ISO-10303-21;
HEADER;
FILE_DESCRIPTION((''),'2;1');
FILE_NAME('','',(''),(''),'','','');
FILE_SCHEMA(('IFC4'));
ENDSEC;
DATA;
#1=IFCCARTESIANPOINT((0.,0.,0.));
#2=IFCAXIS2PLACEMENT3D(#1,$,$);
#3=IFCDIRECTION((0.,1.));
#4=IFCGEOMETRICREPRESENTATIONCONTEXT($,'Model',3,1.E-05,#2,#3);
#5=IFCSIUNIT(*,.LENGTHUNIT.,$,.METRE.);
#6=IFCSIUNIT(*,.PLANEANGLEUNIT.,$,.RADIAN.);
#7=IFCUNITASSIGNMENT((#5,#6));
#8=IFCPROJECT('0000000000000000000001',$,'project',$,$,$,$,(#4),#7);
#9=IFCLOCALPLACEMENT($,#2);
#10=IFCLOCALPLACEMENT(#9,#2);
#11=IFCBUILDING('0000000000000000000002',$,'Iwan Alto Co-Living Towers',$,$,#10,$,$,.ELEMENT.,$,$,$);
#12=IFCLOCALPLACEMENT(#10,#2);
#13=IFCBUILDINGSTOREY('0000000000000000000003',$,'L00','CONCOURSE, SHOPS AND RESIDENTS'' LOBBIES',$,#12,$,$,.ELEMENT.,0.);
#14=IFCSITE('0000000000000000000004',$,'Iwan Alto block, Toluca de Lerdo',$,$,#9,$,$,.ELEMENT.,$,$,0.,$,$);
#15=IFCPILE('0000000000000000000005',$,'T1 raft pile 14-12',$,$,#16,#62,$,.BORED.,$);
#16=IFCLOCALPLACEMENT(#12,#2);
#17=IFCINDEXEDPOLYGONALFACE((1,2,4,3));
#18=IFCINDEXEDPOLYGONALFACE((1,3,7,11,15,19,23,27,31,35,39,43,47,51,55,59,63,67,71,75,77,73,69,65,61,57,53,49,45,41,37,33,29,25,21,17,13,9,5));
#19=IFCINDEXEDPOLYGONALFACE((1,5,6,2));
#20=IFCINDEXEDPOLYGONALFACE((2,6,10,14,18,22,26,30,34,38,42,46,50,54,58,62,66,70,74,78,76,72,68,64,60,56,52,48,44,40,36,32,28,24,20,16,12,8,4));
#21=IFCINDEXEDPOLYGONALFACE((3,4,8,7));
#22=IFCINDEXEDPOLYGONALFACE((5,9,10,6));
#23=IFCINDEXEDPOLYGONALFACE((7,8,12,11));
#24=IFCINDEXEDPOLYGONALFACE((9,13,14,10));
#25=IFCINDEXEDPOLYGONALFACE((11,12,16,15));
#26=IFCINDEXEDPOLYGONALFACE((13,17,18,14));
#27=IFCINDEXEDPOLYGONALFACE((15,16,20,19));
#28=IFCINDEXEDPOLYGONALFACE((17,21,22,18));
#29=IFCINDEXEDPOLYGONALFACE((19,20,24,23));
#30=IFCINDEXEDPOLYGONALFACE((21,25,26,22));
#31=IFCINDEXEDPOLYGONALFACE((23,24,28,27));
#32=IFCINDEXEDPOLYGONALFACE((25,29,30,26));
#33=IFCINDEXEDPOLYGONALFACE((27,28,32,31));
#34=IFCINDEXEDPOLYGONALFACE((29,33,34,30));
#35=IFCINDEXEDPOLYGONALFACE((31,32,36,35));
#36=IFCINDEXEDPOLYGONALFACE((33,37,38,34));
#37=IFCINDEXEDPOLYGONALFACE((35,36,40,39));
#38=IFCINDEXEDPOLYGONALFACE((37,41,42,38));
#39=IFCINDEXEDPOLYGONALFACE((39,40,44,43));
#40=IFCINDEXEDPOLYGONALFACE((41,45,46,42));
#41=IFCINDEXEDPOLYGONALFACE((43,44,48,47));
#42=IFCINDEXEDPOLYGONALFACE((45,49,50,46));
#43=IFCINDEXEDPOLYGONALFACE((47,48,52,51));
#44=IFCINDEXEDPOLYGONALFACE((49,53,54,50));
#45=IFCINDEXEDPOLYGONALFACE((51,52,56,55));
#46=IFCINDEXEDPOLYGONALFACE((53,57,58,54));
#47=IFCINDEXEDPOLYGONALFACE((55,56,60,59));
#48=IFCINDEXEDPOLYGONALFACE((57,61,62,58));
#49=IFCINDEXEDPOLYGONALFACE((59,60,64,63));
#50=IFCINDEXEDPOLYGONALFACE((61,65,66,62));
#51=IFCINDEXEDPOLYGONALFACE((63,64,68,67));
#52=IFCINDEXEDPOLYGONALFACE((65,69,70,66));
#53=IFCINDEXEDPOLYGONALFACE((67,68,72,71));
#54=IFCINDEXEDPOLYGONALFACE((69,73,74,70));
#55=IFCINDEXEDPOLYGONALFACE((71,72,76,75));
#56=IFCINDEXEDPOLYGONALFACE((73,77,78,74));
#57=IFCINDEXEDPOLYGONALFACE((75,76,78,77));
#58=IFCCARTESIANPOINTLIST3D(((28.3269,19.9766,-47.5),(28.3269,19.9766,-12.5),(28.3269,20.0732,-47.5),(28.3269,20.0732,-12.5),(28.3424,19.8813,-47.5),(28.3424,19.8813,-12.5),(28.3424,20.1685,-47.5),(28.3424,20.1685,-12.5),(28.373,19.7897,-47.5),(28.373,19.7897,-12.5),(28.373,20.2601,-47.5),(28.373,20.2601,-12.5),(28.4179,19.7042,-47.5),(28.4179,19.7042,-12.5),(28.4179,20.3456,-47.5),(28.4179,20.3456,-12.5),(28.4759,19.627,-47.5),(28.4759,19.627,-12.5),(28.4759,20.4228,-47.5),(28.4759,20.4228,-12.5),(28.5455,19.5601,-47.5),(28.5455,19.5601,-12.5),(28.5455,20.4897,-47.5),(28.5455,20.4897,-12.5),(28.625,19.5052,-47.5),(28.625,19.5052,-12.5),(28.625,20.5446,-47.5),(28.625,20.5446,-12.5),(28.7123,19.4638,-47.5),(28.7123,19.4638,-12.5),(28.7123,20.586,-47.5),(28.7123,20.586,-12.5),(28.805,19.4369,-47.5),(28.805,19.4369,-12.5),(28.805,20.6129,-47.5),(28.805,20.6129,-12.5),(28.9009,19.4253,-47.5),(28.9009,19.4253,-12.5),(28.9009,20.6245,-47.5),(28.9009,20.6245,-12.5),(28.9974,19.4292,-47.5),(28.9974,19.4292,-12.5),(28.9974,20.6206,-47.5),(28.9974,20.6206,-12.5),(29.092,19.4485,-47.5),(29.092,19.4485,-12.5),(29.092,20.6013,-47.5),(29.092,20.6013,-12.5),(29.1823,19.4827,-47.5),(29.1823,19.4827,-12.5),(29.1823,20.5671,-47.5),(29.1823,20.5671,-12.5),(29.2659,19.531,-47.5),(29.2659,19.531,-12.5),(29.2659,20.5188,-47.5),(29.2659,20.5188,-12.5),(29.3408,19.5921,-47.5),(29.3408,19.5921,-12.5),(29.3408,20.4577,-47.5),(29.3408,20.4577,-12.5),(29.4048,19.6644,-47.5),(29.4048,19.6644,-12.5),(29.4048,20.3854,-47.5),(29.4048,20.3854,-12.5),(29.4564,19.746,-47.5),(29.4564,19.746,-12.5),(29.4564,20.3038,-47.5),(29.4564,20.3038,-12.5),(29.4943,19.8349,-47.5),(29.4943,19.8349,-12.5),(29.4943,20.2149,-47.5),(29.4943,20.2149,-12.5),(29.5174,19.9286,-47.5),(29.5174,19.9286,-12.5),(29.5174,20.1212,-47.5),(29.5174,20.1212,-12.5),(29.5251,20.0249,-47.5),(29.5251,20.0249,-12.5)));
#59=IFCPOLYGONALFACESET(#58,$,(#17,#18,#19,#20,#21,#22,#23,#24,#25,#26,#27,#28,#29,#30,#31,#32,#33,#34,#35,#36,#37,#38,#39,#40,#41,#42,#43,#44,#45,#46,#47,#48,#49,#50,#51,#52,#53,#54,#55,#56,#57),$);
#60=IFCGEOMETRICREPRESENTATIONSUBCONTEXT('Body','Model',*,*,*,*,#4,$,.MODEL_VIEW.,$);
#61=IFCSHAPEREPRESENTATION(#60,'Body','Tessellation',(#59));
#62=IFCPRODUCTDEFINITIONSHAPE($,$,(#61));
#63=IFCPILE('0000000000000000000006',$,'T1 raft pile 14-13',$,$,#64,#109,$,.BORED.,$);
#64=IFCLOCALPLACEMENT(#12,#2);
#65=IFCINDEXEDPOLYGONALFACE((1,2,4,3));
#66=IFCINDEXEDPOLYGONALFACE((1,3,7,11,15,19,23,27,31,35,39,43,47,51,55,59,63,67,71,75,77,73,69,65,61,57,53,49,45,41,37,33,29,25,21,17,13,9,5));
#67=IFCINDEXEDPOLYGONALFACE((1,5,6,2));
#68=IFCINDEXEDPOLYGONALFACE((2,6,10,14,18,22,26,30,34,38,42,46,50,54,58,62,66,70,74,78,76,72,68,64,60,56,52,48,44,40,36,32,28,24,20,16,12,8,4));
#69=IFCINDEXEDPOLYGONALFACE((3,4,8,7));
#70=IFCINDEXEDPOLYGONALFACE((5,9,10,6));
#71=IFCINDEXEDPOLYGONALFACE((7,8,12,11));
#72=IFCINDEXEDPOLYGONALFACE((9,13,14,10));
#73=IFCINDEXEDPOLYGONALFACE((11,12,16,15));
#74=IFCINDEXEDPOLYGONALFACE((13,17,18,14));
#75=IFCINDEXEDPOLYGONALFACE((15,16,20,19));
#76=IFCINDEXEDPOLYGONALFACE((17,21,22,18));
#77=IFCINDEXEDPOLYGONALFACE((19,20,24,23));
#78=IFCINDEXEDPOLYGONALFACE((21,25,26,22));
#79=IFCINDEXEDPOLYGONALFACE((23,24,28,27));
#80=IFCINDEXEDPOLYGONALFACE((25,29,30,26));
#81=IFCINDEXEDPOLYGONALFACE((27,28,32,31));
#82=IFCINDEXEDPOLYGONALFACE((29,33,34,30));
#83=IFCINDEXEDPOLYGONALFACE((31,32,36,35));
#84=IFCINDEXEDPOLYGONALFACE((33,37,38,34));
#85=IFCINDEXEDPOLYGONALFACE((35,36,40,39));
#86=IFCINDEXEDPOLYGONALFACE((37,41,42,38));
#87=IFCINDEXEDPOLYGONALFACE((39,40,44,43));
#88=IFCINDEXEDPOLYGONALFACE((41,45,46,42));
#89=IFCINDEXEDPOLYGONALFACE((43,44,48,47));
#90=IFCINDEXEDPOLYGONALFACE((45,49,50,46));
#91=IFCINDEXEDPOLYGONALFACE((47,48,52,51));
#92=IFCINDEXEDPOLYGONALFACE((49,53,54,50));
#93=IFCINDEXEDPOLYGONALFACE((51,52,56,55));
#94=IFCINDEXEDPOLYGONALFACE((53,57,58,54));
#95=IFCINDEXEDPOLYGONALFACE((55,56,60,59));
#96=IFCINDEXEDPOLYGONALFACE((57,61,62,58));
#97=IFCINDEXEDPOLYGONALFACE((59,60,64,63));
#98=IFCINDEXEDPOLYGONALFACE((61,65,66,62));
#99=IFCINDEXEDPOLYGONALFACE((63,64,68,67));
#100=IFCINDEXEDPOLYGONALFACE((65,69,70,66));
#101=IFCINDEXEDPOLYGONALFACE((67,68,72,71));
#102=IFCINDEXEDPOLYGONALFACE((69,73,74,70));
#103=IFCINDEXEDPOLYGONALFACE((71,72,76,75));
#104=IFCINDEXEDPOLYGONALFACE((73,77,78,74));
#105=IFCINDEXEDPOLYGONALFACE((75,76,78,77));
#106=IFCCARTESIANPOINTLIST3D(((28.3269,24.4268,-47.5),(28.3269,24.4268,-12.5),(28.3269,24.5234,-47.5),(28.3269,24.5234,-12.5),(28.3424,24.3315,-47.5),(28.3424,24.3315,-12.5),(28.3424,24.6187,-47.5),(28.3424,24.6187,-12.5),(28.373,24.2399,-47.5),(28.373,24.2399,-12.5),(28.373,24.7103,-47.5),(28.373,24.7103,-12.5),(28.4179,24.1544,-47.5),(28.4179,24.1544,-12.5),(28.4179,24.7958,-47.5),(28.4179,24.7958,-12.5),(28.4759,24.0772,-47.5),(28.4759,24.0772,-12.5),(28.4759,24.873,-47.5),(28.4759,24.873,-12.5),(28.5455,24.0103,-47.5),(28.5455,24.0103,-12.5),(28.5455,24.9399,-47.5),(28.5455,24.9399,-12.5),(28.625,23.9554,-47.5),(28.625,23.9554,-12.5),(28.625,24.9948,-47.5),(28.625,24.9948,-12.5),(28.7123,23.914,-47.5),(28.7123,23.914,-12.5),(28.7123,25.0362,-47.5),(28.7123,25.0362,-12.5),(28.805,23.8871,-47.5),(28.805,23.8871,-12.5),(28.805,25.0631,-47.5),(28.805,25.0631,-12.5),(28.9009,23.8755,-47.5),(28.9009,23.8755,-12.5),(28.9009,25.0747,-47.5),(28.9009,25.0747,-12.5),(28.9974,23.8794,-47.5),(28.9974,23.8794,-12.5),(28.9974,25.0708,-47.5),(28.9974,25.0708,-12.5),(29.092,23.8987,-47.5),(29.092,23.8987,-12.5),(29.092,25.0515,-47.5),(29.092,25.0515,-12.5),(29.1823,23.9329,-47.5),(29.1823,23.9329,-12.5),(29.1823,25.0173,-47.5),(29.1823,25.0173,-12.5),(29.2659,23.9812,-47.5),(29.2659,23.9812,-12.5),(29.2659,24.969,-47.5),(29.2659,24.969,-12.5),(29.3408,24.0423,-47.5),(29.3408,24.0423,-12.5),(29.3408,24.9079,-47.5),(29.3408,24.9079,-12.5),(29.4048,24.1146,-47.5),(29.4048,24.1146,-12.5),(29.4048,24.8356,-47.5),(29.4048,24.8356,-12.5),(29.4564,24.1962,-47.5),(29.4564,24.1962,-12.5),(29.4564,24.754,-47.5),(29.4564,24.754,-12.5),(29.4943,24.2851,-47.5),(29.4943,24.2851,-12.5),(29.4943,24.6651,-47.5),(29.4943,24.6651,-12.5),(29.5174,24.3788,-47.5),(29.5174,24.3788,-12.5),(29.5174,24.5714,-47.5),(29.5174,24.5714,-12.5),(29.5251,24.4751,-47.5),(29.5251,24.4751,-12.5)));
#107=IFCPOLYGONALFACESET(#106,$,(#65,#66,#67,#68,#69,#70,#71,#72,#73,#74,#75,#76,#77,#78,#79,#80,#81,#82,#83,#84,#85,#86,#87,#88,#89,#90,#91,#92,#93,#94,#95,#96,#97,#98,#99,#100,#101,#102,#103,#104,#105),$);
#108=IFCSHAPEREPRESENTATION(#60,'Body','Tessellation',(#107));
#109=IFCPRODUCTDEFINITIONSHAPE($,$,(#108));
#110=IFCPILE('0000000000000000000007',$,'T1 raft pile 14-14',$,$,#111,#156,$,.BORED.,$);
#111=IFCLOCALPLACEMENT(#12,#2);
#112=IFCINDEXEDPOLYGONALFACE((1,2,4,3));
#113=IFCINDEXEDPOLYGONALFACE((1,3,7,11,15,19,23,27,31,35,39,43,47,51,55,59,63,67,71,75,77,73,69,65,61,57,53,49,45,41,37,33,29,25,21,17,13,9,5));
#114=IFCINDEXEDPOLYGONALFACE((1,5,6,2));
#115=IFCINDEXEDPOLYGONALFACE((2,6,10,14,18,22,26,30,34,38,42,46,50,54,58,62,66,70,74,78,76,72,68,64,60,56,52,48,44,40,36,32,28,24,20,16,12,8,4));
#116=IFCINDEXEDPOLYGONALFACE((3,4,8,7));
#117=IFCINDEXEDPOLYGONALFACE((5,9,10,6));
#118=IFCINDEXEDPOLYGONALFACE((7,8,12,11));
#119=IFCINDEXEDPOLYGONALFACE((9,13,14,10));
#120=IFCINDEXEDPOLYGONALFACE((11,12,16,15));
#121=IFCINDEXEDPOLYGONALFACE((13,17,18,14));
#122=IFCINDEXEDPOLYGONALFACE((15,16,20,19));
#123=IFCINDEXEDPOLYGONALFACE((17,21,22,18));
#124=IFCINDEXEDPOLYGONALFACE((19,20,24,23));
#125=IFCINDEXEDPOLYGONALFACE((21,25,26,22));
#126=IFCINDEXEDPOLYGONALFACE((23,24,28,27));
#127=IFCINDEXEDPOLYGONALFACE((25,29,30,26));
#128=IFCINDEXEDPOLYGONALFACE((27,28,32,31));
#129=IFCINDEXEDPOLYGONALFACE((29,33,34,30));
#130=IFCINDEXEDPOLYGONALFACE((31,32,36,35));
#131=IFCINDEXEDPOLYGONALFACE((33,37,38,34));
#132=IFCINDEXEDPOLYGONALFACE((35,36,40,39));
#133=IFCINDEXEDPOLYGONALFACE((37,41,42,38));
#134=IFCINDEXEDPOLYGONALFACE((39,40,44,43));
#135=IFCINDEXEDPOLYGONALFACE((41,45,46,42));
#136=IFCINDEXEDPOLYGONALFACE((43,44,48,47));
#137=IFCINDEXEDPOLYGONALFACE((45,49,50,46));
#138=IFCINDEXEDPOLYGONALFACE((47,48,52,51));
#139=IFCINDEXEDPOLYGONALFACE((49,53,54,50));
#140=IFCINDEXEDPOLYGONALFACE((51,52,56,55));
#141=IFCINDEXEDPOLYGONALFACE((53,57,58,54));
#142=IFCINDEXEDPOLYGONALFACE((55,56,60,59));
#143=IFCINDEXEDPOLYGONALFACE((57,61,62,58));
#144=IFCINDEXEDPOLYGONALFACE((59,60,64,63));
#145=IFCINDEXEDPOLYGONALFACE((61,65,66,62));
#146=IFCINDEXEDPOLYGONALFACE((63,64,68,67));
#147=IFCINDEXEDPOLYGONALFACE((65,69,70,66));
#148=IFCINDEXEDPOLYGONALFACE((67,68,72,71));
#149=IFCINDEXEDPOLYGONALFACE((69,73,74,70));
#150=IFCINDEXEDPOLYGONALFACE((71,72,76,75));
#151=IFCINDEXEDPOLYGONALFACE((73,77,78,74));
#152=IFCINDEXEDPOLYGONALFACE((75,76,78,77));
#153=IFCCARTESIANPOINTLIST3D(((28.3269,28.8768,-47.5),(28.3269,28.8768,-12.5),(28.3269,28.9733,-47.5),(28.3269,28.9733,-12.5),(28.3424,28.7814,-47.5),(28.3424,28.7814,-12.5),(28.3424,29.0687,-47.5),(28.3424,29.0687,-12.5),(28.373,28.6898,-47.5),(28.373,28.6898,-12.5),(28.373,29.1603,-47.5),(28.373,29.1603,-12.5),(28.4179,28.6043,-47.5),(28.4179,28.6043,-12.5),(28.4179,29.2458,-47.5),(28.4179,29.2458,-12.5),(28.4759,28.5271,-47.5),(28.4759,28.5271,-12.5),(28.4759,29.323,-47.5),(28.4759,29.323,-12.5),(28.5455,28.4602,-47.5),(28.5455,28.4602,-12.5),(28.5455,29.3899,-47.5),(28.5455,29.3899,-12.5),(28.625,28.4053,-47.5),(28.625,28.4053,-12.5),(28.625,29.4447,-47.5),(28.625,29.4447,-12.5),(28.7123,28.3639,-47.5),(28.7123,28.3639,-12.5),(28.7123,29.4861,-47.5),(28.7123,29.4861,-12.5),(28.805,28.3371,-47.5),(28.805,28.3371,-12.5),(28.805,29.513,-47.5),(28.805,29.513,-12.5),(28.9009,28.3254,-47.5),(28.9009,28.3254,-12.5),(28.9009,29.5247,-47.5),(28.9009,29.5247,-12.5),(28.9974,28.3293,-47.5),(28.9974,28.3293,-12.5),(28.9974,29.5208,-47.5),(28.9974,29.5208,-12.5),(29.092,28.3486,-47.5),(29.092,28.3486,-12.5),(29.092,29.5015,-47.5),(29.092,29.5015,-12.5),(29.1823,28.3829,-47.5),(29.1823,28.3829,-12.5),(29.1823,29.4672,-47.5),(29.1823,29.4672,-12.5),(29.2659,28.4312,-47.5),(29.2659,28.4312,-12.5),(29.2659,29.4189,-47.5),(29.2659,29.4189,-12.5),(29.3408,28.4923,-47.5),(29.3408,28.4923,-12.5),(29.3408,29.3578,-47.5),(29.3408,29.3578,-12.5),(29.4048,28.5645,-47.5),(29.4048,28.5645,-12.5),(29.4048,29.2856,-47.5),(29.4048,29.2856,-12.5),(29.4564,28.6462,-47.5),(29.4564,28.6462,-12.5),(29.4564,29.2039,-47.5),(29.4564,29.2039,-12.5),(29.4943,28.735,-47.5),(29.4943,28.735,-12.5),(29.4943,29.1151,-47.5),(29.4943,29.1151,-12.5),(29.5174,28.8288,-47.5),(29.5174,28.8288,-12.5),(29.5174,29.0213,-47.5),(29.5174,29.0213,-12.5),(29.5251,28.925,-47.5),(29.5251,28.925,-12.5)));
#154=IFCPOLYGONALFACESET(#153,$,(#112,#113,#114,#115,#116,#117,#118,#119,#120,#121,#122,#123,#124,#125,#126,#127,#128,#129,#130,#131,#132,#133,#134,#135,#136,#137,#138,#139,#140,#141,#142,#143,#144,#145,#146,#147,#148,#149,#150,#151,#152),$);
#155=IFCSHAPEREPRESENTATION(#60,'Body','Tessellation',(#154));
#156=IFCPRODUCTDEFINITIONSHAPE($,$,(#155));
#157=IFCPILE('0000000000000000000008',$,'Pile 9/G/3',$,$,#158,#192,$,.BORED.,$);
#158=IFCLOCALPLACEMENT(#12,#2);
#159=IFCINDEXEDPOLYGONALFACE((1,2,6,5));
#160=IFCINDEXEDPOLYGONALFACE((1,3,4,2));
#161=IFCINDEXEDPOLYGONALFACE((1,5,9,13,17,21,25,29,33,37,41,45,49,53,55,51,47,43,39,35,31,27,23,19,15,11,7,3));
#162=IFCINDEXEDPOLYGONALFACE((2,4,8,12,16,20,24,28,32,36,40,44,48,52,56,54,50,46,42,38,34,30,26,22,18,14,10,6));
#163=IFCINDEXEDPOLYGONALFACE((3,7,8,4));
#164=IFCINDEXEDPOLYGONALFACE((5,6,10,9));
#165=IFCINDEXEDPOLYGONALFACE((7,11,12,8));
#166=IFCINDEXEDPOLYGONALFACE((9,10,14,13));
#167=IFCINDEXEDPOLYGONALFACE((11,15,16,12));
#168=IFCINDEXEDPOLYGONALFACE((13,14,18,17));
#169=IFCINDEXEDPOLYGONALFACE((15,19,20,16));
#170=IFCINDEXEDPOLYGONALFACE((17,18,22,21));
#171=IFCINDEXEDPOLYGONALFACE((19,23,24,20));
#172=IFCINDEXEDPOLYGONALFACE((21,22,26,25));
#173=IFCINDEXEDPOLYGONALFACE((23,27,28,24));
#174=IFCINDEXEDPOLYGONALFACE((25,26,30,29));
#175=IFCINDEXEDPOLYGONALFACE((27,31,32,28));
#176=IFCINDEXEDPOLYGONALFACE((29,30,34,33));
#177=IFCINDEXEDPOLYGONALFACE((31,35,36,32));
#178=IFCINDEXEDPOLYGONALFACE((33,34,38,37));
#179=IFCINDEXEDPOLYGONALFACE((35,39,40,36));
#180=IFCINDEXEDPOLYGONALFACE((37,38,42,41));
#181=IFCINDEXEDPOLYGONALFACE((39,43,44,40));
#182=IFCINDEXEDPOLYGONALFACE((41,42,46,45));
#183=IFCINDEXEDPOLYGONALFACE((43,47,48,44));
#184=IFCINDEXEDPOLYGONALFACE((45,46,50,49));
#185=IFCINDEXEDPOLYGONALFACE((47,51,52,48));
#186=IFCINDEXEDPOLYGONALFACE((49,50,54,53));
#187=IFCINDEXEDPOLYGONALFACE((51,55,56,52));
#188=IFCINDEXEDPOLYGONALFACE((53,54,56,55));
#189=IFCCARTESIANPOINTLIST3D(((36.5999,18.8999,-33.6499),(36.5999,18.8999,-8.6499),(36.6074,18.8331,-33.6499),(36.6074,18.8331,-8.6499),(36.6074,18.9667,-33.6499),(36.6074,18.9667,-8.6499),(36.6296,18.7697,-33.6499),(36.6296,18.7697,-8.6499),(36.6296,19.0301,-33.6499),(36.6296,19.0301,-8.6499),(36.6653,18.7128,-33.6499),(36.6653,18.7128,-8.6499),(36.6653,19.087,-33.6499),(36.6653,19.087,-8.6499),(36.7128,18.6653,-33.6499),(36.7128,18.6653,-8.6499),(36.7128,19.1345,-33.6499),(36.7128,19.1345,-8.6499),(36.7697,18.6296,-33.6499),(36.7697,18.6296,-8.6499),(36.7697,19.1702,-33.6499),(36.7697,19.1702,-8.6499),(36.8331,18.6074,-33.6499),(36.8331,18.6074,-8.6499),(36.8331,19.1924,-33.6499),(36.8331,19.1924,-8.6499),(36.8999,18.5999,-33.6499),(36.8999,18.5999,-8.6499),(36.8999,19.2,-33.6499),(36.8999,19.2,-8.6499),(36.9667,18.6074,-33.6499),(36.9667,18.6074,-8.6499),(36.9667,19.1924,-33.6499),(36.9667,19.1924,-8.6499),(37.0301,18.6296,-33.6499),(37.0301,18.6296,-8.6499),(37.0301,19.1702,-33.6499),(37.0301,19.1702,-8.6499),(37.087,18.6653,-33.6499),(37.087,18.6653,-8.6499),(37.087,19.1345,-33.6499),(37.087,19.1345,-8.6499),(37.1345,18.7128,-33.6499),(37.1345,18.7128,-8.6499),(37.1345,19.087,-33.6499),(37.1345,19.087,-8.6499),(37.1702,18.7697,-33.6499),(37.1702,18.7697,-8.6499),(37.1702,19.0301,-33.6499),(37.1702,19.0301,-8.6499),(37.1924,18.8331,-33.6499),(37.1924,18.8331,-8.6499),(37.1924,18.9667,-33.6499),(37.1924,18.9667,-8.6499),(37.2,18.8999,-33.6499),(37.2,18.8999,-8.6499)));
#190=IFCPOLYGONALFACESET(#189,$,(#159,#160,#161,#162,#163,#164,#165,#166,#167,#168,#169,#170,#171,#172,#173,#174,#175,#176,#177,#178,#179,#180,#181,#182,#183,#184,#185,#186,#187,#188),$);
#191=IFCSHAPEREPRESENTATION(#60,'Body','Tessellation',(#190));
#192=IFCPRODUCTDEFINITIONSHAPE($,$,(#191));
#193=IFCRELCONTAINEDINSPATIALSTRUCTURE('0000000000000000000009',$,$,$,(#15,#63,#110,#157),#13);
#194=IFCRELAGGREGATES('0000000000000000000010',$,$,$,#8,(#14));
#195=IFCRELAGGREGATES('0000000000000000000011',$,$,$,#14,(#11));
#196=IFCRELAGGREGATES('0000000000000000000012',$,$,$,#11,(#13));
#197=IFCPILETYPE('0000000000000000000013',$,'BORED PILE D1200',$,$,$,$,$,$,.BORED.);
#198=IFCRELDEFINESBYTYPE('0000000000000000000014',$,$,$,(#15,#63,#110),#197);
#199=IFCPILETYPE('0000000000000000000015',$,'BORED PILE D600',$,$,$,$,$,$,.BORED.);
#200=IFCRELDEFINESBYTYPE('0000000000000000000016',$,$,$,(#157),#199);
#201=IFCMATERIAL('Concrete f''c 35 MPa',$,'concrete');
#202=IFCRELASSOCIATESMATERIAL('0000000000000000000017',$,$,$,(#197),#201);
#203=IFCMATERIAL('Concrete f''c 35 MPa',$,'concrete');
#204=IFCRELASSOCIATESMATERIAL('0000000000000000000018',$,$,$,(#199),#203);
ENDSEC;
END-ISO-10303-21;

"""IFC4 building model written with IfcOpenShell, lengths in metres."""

from ifc_helpers import new_model, si_unit, direction, frame, origin, origin_2d, place, context, subcontext, project, spatial, circle, extrude, material, material_profile, profile_set, type_object, element, save


model = new_model("IFC4")

# Units and contexts
model_context = context("Model", 3, precision=1e-05, world=origin(), true_north=direction((0.0, 1.0)))
body_context = subcontext(model_context, "Body", "Model", "MODEL_VIEW")
ifc_project = project(units=[si_unit("LENGTHUNIT", "METRE"), si_unit("PLANEANGLEUNIT", "RADIAN")], contexts=[model_context])

# Site, building, storey
site_placement = place(None, origin())
site = spatial("IfcSite", under=ifc_project, at=site_placement, Name="Iwan Alto block, Toluca de Lerdo", CompositionType="ELEMENT", RefElevation=0.0)
building_placement = place(site_placement, origin())
building = spatial("IfcBuilding", under=site, at=building_placement, Name="Iwan Alto Co-Living Towers", CompositionType="ELEMENT")
storey_placement = place(building_placement, origin())
storey = spatial("IfcBuildingStorey", under=building, at=storey_placement, Name="L00", Description="CONCOURSE, SHOPS AND RESIDENTS' LOBBIES", CompositionType="ELEMENT", Elevation=0.0)

# Piles
ifc_material_1 = material(Name="Concrete f'c 35 MPa", Category="concrete")
ifc_material_profile_1 = material_profile(ifc_material_1, circle(Radius=0.6001, at=origin_2d()), Name="D1200")
ifc_profile_set_1 = profile_set([ifc_material_profile_1], Name="Concrete f'c 35 MPa")
pile_type_1 = type_object("IfcPileType", Name="BORED PILE D1200", PredefinedType="BORED", material=ifc_profile_set_1)
for number, where, z_axis, x_axis, name in (
    (1, (28.925, 20.0249, -12.5), (0.0, 0.0, -1.0), (1.0, 0.0, 0.0), "T1 raft pile 14-12"),
    (2, (28.925, 24.4751, -12.5), (0.0, 0.0, -1.0), (1.0, 0.0, 0.0), "T1 raft pile 14-13"),
    (3, (28.925, 28.925, -12.5), (0.0, 0.0, -1.0), (1.0, 0.0, 0.0), "T1 raft pile 14-14"),
):
    element("IfcPile", number, at=place(storey_placement, frame(where, z_axis=z_axis, x_axis=x_axis)), inside=storey, type_object=pile_type_1, Name=name, PredefinedType="BORED", context=body_context, shape_type="SweptSolid", body=[
        extrude(circle(Radius=0.6001, at=origin_2d()), origin(), (0.0, 0.0, 1.0), 35.0),
    ])
ifc_material_2 = material(Name="Concrete f'c 35 MPa", Category="concrete")
ifc_material_profile_2 = material_profile(ifc_material_2, circle(Radius=0.3, at=origin_2d()), Name="D600")
ifc_profile_set_2 = profile_set([ifc_material_profile_2], Name="Concrete f'c 35 MPa")
pile_type_2 = type_object("IfcPileType", Name="BORED PILE D600", PredefinedType="BORED", material=ifc_profile_set_2)
for number, where, z_axis, x_axis, name in (
    (4, (36.8999, 18.8999, -8.6499), (0.0, 0.0, -1.0), (1.0, 0.0, 0.0), "Pile 9/G/3"),
):
    element("IfcPile", number, at=place(storey_placement, frame(where, z_axis=z_axis, x_axis=x_axis)), inside=storey, type_object=pile_type_2, Name=name, PredefinedType="BORED", context=body_context, shape_type="SweptSolid", body=[
        extrude(circle(Radius=0.3, at=origin_2d()), origin(), (0.0, 0.0, 1.0), 25.0),
    ])

save(model, "model.ifc")
